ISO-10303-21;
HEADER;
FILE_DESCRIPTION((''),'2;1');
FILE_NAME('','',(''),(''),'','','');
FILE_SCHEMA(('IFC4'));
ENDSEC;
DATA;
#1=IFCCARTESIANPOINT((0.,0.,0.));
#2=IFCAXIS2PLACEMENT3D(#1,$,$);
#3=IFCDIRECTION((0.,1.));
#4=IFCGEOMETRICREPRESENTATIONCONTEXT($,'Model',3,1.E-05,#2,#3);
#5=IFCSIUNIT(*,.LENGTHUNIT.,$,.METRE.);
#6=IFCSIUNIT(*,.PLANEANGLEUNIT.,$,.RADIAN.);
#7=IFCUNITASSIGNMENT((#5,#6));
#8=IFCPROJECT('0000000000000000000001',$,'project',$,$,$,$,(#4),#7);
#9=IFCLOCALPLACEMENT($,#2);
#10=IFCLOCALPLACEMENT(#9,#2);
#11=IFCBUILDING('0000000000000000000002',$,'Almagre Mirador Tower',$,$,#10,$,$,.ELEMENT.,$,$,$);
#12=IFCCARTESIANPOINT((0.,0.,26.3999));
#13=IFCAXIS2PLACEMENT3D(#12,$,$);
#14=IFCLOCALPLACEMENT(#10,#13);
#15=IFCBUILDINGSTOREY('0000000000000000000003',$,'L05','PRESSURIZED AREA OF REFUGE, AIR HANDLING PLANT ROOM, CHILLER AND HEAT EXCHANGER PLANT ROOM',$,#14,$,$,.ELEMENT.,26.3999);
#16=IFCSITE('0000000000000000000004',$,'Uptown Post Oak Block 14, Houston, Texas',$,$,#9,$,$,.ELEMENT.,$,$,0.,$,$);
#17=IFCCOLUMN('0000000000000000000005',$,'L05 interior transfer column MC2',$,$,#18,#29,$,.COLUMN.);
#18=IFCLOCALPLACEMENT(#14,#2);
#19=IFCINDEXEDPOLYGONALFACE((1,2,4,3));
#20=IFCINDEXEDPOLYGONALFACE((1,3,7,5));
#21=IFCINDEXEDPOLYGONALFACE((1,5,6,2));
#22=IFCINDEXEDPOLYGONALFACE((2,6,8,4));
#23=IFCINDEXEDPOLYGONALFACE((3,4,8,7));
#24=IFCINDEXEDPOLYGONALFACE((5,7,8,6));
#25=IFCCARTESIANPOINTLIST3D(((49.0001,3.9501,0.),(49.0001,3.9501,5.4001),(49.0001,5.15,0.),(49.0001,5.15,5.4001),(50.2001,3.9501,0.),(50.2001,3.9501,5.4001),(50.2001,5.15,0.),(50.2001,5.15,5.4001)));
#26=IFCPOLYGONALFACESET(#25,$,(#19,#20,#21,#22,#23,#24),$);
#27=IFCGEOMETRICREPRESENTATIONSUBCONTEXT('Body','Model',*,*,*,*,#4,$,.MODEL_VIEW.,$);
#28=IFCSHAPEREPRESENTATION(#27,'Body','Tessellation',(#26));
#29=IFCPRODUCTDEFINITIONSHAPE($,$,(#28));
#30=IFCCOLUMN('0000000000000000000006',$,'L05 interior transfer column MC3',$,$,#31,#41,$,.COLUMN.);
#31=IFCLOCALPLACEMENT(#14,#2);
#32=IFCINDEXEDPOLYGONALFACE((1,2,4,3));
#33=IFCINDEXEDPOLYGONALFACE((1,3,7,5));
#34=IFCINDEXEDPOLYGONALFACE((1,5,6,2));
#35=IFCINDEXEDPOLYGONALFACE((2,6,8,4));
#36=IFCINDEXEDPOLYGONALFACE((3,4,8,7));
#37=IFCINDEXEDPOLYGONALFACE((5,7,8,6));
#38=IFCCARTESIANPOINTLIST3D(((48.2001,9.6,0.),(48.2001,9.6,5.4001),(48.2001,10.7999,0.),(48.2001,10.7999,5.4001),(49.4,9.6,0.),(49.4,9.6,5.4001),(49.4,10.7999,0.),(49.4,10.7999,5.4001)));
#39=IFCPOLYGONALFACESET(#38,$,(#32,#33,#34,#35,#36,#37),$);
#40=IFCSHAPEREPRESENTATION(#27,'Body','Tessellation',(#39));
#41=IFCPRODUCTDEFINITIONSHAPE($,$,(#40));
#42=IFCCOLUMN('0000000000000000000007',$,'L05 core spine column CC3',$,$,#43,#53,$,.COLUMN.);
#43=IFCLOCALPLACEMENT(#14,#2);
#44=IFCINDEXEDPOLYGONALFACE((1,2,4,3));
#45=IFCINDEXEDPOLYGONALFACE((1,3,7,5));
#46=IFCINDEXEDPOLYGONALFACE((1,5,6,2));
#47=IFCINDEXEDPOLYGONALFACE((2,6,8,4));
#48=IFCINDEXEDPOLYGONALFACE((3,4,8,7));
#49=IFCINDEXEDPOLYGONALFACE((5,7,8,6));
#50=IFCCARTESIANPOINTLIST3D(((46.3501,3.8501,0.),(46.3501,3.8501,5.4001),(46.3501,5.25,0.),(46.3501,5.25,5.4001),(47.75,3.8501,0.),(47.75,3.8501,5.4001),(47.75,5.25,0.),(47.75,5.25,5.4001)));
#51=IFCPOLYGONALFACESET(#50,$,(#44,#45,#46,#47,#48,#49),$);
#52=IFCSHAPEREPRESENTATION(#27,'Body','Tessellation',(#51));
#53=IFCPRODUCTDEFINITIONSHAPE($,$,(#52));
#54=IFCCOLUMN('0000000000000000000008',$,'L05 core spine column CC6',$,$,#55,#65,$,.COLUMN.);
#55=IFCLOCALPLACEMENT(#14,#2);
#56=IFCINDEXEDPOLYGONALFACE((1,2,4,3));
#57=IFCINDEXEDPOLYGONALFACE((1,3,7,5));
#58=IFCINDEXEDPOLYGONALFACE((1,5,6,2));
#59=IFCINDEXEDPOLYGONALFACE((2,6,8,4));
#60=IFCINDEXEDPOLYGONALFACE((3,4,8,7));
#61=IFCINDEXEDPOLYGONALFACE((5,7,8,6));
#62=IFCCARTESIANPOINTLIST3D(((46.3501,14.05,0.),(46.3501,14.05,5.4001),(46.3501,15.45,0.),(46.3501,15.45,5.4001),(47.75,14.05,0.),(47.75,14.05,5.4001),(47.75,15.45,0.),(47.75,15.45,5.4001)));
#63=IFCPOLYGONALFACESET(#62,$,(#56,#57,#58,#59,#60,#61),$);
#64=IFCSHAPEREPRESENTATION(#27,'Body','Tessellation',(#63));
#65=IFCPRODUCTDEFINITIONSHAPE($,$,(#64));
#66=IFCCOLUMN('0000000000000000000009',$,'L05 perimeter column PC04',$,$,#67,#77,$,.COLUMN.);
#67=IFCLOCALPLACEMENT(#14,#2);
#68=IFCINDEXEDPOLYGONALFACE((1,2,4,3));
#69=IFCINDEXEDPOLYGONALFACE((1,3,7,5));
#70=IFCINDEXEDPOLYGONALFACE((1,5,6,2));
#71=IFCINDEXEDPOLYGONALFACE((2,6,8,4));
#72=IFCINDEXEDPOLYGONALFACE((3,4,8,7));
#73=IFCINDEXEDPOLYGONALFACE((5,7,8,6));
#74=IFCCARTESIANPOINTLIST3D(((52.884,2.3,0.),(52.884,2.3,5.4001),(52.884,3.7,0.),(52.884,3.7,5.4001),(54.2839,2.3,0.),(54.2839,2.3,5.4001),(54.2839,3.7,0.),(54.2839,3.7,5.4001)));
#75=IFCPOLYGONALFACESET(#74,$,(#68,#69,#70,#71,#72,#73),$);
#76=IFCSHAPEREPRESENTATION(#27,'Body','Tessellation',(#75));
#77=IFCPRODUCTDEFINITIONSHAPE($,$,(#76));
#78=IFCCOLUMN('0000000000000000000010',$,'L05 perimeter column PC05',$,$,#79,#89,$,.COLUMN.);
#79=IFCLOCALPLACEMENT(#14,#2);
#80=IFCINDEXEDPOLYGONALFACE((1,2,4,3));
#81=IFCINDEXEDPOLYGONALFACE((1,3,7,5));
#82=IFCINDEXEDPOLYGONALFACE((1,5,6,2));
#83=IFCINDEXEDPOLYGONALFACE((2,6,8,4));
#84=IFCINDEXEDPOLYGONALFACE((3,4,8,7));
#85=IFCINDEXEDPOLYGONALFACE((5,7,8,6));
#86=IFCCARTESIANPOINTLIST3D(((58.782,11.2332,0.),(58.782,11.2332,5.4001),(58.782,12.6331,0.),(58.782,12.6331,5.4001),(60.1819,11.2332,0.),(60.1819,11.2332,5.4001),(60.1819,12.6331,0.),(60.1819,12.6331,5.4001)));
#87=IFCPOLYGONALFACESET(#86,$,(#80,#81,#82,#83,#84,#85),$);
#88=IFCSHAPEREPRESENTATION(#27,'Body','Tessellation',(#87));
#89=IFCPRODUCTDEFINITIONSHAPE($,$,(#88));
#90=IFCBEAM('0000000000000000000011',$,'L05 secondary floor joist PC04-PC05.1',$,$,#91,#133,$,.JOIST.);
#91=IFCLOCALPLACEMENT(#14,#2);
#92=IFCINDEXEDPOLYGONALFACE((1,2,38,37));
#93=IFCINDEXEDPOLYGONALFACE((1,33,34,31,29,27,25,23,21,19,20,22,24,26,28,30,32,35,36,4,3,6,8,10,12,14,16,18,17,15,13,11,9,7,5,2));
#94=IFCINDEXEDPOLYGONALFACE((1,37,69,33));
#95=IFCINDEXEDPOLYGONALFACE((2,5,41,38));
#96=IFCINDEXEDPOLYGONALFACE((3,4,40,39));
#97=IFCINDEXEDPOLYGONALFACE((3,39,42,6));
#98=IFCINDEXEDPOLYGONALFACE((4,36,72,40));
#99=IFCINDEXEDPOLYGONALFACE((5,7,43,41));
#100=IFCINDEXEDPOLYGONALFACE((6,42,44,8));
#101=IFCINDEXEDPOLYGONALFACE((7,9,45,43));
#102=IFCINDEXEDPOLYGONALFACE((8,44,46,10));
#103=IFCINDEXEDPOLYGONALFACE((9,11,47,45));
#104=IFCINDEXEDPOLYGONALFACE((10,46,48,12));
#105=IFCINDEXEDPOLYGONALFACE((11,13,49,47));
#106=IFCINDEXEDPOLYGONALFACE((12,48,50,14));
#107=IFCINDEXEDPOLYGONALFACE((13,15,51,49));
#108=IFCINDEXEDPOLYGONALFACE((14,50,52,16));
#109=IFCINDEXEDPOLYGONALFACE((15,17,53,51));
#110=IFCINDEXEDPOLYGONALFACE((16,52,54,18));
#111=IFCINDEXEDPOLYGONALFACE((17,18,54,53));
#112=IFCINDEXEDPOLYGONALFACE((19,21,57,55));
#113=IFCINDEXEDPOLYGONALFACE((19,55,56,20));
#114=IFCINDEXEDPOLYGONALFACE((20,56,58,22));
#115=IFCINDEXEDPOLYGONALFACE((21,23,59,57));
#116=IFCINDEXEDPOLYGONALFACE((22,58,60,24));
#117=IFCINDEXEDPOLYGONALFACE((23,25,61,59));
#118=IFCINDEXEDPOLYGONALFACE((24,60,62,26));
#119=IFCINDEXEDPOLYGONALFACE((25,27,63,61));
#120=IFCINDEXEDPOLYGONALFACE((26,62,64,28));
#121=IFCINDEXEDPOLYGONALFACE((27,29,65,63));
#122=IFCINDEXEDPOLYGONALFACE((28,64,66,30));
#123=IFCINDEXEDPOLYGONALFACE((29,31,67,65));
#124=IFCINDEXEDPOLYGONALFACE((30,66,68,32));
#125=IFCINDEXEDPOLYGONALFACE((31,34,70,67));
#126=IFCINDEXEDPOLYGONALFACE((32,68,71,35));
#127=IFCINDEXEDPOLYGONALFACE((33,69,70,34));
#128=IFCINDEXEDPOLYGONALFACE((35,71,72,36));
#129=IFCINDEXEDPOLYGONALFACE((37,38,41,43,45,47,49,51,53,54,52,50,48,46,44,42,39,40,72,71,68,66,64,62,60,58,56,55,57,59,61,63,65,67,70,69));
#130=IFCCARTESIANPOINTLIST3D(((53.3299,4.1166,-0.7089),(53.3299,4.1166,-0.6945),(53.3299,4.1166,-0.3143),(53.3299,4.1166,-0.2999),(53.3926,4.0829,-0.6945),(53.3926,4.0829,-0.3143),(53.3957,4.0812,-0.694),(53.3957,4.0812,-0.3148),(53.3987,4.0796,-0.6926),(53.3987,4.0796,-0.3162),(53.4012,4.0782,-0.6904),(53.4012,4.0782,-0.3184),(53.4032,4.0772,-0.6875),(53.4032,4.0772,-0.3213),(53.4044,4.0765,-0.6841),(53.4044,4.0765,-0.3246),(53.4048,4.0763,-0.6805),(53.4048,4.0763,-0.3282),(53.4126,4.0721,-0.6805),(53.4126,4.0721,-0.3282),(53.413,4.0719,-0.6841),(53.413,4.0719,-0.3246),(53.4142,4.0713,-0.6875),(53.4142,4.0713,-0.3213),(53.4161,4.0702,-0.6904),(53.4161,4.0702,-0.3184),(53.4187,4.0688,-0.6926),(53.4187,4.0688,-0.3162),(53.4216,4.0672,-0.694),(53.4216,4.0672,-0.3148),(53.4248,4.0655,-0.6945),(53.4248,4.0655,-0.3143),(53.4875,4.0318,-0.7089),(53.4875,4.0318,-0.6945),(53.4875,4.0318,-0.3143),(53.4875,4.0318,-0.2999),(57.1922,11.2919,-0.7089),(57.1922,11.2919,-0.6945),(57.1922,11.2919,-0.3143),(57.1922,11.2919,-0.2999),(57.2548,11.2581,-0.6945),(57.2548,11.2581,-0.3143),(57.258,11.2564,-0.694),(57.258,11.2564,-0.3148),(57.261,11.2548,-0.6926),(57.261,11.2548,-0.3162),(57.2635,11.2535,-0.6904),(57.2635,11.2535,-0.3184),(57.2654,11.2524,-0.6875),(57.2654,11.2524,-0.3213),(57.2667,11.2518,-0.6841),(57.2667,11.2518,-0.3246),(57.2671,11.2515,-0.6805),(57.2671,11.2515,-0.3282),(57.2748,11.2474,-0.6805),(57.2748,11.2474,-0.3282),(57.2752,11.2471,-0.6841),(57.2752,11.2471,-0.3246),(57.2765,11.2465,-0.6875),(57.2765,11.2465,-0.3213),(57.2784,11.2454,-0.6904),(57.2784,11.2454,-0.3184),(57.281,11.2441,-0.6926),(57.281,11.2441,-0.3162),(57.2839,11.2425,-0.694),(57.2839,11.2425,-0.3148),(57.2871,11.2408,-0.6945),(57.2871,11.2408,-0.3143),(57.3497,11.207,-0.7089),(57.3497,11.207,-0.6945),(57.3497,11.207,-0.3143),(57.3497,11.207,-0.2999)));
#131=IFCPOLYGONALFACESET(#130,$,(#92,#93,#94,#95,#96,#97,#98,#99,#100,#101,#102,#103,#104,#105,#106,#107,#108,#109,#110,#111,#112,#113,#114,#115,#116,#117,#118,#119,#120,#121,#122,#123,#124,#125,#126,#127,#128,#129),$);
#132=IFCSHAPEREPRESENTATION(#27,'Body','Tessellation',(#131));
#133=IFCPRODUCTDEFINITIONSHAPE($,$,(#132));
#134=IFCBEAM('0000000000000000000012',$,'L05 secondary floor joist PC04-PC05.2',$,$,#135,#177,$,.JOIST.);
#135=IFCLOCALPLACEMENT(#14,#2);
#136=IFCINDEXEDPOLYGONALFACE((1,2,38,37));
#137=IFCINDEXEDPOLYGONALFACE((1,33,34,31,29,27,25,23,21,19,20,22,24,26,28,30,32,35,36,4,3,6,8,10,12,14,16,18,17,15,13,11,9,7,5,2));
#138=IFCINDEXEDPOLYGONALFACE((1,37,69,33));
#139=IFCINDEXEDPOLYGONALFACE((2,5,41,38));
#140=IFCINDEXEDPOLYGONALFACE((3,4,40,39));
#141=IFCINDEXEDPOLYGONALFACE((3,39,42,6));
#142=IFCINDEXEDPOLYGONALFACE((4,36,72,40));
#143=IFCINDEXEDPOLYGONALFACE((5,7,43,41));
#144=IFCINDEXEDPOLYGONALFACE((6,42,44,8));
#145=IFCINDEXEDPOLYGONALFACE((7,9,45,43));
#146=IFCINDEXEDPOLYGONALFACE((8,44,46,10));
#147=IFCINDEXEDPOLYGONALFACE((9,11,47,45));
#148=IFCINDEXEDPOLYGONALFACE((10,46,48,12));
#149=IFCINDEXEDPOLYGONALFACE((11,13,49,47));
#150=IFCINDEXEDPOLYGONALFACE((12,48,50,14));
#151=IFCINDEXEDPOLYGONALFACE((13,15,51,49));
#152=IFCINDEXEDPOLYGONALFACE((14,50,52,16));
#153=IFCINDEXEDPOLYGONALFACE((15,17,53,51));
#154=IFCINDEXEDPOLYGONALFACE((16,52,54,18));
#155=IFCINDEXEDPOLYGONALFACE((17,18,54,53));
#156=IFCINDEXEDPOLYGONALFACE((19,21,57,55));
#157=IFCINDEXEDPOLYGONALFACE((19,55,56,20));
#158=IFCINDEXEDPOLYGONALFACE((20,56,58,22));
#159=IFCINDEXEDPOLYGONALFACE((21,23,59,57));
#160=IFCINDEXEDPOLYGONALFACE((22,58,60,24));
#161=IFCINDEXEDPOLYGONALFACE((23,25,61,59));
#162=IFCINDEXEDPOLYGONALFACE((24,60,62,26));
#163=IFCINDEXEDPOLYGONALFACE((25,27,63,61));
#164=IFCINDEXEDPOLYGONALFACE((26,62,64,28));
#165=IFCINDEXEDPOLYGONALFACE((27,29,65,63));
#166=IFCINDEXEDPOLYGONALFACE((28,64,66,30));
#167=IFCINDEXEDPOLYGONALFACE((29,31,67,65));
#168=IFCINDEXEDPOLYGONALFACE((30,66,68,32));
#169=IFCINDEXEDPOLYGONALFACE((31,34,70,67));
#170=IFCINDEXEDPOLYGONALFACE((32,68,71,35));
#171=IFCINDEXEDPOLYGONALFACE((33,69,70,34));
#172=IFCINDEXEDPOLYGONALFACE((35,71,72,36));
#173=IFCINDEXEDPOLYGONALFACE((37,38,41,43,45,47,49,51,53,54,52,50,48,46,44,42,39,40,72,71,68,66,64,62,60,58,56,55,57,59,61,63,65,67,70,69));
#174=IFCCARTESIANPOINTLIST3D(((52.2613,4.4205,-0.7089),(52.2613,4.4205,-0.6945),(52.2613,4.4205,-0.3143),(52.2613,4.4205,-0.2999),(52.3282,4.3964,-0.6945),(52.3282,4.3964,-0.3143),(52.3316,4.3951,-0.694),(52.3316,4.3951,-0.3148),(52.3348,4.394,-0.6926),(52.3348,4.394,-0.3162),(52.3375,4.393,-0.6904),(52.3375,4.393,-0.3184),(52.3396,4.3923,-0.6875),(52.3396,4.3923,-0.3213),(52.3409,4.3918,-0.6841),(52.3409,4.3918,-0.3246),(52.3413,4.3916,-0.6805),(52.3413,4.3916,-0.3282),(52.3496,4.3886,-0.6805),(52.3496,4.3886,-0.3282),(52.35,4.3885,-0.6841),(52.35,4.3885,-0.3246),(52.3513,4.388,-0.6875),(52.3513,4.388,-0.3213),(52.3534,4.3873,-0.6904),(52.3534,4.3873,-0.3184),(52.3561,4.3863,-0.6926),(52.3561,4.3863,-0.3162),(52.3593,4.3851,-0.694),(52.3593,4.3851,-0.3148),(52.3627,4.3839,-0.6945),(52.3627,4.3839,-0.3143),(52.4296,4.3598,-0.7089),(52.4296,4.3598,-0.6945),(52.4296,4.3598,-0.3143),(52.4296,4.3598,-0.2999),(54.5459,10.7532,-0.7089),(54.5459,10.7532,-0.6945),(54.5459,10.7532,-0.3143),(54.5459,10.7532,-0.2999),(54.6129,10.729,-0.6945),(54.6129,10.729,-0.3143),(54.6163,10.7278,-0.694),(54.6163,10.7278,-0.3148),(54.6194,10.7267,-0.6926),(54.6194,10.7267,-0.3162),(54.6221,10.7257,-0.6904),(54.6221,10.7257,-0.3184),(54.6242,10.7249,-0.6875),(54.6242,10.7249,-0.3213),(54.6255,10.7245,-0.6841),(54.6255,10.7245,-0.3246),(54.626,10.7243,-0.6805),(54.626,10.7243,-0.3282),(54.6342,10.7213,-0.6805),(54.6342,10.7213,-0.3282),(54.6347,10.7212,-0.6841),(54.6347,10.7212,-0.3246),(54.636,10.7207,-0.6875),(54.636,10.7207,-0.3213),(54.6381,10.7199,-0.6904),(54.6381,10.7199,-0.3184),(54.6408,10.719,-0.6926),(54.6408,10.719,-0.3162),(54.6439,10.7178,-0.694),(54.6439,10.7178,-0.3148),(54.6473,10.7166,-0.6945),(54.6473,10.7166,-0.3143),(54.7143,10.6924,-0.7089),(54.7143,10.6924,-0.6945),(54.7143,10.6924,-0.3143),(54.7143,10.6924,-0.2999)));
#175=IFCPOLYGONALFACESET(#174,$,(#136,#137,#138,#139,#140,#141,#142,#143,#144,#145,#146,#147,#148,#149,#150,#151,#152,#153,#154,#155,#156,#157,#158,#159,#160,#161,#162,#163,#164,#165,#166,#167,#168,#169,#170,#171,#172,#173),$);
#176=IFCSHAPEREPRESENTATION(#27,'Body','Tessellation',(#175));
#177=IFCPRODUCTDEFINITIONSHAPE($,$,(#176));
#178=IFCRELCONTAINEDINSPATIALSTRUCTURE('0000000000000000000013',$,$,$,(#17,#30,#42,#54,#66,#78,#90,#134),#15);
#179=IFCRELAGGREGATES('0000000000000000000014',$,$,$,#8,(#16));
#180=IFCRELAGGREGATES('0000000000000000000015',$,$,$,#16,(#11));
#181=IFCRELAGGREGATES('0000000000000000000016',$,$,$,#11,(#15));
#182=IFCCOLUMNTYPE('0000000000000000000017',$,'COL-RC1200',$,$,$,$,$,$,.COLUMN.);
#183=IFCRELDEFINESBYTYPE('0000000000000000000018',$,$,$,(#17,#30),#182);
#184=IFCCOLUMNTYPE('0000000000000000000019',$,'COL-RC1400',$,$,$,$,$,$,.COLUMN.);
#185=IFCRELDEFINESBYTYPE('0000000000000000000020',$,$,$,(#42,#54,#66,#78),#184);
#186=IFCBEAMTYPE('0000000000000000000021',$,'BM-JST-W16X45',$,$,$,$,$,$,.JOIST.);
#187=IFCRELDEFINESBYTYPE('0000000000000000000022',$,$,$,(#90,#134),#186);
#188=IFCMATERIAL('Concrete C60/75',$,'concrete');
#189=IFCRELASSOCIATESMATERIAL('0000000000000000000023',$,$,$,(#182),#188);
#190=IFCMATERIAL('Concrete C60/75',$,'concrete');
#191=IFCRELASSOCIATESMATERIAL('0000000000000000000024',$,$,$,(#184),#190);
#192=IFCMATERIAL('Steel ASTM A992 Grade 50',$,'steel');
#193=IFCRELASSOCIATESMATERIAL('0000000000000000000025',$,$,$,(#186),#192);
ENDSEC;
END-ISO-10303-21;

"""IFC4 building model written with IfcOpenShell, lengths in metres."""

from ifc_helpers import new_model, si_unit, direction, frame, origin, origin_2d, place, context, subcontext, project, spatial, rectangle, i_section, extrude, material, material_profile, profile_set, type_object, element, save


model = new_model("IFC4")

# Units and contexts
model_context = context("Model", 3, precision=1e-05, world=origin(), true_north=direction((0.0, 1.0)))
body_context = subcontext(model_context, "Body", "Model", "MODEL_VIEW")
ifc_project = project(units=[si_unit("LENGTHUNIT", "METRE"), si_unit("PLANEANGLEUNIT", "RADIAN")], contexts=[model_context])

# Site, building, storey
site_placement = place(None, origin())
site = spatial("IfcSite", under=ifc_project, at=site_placement, Name="Uptown Post Oak Block 14, Houston, Texas", CompositionType="ELEMENT", RefElevation=0.0)
building_placement = place(site_placement, origin())
building = spatial("IfcBuilding", under=site, at=building_placement, Name="Almagre Mirador Tower", CompositionType="ELEMENT")
storey_placement = place(building_placement, frame((0.0, 0.0, 26.3999)))
storey = spatial("IfcBuildingStorey", under=building, at=storey_placement, Name="L05", Description="PRESSURIZED AREA OF REFUGE, AIR HANDLING PLANT ROOM, CHILLER AND HEAT EXCHANGER PLANT ROOM", CompositionType="ELEMENT", Elevation=26.3999)

# Columns
ifc_material_1 = material(Name="Concrete C60/75", Category="concrete")
ifc_material_profile_1 = material_profile(ifc_material_1, rectangle(XDim=1.2, YDim=1.2, at=origin_2d()), Name="RC1200X1200")
ifc_profile_set_1 = profile_set([ifc_material_profile_1], Name="Concrete C60/75")
column_type_1 = type_object("IfcColumnType", Name="COL-RC1200", PredefinedType="COLUMN", material=ifc_profile_set_1)
for number, where, z_axis, x_axis, name in (
    (1, (49.6001, 4.55, 0.0), (0.0, 0.0, 1.0), (1.0, 0.0, 0.0), "L05 interior transfer column MC2"),
    (2, (48.8, 10.2, 0.0), (0.0, 0.0, 1.0), (1.0, 0.0, 0.0), "L05 interior transfer column MC3"),
):
    element("IfcColumn", number, at=place(storey_placement, frame(where, z_axis=z_axis, x_axis=x_axis)), inside=storey, type_object=column_type_1, Name=name, PredefinedType="COLUMN", context=body_context, shape_type="SweptSolid", body=[
        extrude(rectangle(XDim=1.2, YDim=1.2, at=origin_2d()), origin(), (0.0, 0.0, 1.0), 5.4001),
    ])
ifc_material_2 = material(Name="Concrete C60/75", Category="concrete")
ifc_material_profile_2 = material_profile(ifc_material_2, rectangle(XDim=1.3999, YDim=1.3999, at=origin_2d()), Name="RC1400X1400")
ifc_profile_set_2 = profile_set([ifc_material_profile_2], Name="Concrete C60/75")
column_type_2 = type_object("IfcColumnType", Name="COL-RC1400", PredefinedType="COLUMN", material=ifc_profile_set_2)
for number, where, z_axis, x_axis, name in (
    (3, (47.05, 4.55, 0.0), (0.0, 0.0, 1.0), (1.0, 0.0, 0.0), "L05 core spine column CC3"),
    (4, (47.05, 14.75, 0.0), (0.0, 0.0, 1.0), (1.0, 0.0, 0.0), "L05 core spine column CC6"),
    (5, (53.584, 3.0, 0.0), (0.0, 0.0, 1.0), (1.0, 0.0, 0.0), "L05 perimeter column PC04"),
    (6, (59.4819, 11.9331, 0.0), (0.0, 0.0, 1.0), (1.0, 0.0, 0.0), "L05 perimeter column PC05"),
):
    element("IfcColumn", number, at=place(storey_placement, frame(where, z_axis=z_axis, x_axis=x_axis)), inside=storey, type_object=column_type_2, Name=name, PredefinedType="COLUMN", context=body_context, shape_type="SweptSolid", body=[
        extrude(rectangle(XDim=1.3999, YDim=1.3999, at=origin_2d()), origin(), (0.0, 0.0, 1.0), 5.4001),
    ])

# Beams
ifc_material_3 = material(Name="Steel ASTM A992 Grade 50", Category="steel")
ifc_material_profile_3 = material_profile(ifc_material_3, i_section(OverallWidth=0.179, OverallDepth=0.4089, WebThickness=0.0088, FlangeThickness=0.0144, FilletRadius=0.0139, at=origin_2d()), Name="W16X45")
ifc_profile_set_3 = profile_set([ifc_material_profile_3], Name="Steel ASTM A992 Grade 50")
beam_type_1 = type_object("IfcBeamType", Name="BM-JST-W16X45", PredefinedType="JOIST", material=ifc_profile_set_3)
beam_1_placement = place(storey_placement, frame((53.4087, 4.0742, -0.5044), z_axis=(0.473975, 0.880538, 0.0), x_axis=(-0.880538, 0.473975, 0.0)))
element("IfcBeam", 7, at=beam_1_placement, inside=storey, type_object=beam_type_1, Name="L05 secondary floor joist PC04-PC05.1", PredefinedType="JOIST", context=body_context, shape_type="SweptSolid", body=[
    extrude(i_section(OverallWidth=0.179, OverallDepth=0.4089, WebThickness=0.0088, FlangeThickness=0.0144, FilletRadius=0.0139, at=origin_2d()), origin(), (0.0, 0.0, 1.0), 8.1487),
])
beam_2_placement = place(storey_placement, frame((52.3455, 4.3901, -0.5044), z_axis=(0.33936, 0.940657, 0.0), x_axis=(-0.940657, 0.33936, 0.0)))
element("IfcBeam", 8, at=beam_2_placement, inside=storey, type_object=beam_type_1, Name="L05 secondary floor joist PC04-PC05.2", PredefinedType="JOIST", context=body_context, shape_type="SweptSolid", body=[
    extrude(i_section(OverallWidth=0.179, OverallDepth=0.4089, WebThickness=0.0088, FlangeThickness=0.0144, FilletRadius=0.0139, at=origin_2d()), origin(), (0.0, 0.0, 1.0), 6.7322),
])

save(model, "model.ifc")
